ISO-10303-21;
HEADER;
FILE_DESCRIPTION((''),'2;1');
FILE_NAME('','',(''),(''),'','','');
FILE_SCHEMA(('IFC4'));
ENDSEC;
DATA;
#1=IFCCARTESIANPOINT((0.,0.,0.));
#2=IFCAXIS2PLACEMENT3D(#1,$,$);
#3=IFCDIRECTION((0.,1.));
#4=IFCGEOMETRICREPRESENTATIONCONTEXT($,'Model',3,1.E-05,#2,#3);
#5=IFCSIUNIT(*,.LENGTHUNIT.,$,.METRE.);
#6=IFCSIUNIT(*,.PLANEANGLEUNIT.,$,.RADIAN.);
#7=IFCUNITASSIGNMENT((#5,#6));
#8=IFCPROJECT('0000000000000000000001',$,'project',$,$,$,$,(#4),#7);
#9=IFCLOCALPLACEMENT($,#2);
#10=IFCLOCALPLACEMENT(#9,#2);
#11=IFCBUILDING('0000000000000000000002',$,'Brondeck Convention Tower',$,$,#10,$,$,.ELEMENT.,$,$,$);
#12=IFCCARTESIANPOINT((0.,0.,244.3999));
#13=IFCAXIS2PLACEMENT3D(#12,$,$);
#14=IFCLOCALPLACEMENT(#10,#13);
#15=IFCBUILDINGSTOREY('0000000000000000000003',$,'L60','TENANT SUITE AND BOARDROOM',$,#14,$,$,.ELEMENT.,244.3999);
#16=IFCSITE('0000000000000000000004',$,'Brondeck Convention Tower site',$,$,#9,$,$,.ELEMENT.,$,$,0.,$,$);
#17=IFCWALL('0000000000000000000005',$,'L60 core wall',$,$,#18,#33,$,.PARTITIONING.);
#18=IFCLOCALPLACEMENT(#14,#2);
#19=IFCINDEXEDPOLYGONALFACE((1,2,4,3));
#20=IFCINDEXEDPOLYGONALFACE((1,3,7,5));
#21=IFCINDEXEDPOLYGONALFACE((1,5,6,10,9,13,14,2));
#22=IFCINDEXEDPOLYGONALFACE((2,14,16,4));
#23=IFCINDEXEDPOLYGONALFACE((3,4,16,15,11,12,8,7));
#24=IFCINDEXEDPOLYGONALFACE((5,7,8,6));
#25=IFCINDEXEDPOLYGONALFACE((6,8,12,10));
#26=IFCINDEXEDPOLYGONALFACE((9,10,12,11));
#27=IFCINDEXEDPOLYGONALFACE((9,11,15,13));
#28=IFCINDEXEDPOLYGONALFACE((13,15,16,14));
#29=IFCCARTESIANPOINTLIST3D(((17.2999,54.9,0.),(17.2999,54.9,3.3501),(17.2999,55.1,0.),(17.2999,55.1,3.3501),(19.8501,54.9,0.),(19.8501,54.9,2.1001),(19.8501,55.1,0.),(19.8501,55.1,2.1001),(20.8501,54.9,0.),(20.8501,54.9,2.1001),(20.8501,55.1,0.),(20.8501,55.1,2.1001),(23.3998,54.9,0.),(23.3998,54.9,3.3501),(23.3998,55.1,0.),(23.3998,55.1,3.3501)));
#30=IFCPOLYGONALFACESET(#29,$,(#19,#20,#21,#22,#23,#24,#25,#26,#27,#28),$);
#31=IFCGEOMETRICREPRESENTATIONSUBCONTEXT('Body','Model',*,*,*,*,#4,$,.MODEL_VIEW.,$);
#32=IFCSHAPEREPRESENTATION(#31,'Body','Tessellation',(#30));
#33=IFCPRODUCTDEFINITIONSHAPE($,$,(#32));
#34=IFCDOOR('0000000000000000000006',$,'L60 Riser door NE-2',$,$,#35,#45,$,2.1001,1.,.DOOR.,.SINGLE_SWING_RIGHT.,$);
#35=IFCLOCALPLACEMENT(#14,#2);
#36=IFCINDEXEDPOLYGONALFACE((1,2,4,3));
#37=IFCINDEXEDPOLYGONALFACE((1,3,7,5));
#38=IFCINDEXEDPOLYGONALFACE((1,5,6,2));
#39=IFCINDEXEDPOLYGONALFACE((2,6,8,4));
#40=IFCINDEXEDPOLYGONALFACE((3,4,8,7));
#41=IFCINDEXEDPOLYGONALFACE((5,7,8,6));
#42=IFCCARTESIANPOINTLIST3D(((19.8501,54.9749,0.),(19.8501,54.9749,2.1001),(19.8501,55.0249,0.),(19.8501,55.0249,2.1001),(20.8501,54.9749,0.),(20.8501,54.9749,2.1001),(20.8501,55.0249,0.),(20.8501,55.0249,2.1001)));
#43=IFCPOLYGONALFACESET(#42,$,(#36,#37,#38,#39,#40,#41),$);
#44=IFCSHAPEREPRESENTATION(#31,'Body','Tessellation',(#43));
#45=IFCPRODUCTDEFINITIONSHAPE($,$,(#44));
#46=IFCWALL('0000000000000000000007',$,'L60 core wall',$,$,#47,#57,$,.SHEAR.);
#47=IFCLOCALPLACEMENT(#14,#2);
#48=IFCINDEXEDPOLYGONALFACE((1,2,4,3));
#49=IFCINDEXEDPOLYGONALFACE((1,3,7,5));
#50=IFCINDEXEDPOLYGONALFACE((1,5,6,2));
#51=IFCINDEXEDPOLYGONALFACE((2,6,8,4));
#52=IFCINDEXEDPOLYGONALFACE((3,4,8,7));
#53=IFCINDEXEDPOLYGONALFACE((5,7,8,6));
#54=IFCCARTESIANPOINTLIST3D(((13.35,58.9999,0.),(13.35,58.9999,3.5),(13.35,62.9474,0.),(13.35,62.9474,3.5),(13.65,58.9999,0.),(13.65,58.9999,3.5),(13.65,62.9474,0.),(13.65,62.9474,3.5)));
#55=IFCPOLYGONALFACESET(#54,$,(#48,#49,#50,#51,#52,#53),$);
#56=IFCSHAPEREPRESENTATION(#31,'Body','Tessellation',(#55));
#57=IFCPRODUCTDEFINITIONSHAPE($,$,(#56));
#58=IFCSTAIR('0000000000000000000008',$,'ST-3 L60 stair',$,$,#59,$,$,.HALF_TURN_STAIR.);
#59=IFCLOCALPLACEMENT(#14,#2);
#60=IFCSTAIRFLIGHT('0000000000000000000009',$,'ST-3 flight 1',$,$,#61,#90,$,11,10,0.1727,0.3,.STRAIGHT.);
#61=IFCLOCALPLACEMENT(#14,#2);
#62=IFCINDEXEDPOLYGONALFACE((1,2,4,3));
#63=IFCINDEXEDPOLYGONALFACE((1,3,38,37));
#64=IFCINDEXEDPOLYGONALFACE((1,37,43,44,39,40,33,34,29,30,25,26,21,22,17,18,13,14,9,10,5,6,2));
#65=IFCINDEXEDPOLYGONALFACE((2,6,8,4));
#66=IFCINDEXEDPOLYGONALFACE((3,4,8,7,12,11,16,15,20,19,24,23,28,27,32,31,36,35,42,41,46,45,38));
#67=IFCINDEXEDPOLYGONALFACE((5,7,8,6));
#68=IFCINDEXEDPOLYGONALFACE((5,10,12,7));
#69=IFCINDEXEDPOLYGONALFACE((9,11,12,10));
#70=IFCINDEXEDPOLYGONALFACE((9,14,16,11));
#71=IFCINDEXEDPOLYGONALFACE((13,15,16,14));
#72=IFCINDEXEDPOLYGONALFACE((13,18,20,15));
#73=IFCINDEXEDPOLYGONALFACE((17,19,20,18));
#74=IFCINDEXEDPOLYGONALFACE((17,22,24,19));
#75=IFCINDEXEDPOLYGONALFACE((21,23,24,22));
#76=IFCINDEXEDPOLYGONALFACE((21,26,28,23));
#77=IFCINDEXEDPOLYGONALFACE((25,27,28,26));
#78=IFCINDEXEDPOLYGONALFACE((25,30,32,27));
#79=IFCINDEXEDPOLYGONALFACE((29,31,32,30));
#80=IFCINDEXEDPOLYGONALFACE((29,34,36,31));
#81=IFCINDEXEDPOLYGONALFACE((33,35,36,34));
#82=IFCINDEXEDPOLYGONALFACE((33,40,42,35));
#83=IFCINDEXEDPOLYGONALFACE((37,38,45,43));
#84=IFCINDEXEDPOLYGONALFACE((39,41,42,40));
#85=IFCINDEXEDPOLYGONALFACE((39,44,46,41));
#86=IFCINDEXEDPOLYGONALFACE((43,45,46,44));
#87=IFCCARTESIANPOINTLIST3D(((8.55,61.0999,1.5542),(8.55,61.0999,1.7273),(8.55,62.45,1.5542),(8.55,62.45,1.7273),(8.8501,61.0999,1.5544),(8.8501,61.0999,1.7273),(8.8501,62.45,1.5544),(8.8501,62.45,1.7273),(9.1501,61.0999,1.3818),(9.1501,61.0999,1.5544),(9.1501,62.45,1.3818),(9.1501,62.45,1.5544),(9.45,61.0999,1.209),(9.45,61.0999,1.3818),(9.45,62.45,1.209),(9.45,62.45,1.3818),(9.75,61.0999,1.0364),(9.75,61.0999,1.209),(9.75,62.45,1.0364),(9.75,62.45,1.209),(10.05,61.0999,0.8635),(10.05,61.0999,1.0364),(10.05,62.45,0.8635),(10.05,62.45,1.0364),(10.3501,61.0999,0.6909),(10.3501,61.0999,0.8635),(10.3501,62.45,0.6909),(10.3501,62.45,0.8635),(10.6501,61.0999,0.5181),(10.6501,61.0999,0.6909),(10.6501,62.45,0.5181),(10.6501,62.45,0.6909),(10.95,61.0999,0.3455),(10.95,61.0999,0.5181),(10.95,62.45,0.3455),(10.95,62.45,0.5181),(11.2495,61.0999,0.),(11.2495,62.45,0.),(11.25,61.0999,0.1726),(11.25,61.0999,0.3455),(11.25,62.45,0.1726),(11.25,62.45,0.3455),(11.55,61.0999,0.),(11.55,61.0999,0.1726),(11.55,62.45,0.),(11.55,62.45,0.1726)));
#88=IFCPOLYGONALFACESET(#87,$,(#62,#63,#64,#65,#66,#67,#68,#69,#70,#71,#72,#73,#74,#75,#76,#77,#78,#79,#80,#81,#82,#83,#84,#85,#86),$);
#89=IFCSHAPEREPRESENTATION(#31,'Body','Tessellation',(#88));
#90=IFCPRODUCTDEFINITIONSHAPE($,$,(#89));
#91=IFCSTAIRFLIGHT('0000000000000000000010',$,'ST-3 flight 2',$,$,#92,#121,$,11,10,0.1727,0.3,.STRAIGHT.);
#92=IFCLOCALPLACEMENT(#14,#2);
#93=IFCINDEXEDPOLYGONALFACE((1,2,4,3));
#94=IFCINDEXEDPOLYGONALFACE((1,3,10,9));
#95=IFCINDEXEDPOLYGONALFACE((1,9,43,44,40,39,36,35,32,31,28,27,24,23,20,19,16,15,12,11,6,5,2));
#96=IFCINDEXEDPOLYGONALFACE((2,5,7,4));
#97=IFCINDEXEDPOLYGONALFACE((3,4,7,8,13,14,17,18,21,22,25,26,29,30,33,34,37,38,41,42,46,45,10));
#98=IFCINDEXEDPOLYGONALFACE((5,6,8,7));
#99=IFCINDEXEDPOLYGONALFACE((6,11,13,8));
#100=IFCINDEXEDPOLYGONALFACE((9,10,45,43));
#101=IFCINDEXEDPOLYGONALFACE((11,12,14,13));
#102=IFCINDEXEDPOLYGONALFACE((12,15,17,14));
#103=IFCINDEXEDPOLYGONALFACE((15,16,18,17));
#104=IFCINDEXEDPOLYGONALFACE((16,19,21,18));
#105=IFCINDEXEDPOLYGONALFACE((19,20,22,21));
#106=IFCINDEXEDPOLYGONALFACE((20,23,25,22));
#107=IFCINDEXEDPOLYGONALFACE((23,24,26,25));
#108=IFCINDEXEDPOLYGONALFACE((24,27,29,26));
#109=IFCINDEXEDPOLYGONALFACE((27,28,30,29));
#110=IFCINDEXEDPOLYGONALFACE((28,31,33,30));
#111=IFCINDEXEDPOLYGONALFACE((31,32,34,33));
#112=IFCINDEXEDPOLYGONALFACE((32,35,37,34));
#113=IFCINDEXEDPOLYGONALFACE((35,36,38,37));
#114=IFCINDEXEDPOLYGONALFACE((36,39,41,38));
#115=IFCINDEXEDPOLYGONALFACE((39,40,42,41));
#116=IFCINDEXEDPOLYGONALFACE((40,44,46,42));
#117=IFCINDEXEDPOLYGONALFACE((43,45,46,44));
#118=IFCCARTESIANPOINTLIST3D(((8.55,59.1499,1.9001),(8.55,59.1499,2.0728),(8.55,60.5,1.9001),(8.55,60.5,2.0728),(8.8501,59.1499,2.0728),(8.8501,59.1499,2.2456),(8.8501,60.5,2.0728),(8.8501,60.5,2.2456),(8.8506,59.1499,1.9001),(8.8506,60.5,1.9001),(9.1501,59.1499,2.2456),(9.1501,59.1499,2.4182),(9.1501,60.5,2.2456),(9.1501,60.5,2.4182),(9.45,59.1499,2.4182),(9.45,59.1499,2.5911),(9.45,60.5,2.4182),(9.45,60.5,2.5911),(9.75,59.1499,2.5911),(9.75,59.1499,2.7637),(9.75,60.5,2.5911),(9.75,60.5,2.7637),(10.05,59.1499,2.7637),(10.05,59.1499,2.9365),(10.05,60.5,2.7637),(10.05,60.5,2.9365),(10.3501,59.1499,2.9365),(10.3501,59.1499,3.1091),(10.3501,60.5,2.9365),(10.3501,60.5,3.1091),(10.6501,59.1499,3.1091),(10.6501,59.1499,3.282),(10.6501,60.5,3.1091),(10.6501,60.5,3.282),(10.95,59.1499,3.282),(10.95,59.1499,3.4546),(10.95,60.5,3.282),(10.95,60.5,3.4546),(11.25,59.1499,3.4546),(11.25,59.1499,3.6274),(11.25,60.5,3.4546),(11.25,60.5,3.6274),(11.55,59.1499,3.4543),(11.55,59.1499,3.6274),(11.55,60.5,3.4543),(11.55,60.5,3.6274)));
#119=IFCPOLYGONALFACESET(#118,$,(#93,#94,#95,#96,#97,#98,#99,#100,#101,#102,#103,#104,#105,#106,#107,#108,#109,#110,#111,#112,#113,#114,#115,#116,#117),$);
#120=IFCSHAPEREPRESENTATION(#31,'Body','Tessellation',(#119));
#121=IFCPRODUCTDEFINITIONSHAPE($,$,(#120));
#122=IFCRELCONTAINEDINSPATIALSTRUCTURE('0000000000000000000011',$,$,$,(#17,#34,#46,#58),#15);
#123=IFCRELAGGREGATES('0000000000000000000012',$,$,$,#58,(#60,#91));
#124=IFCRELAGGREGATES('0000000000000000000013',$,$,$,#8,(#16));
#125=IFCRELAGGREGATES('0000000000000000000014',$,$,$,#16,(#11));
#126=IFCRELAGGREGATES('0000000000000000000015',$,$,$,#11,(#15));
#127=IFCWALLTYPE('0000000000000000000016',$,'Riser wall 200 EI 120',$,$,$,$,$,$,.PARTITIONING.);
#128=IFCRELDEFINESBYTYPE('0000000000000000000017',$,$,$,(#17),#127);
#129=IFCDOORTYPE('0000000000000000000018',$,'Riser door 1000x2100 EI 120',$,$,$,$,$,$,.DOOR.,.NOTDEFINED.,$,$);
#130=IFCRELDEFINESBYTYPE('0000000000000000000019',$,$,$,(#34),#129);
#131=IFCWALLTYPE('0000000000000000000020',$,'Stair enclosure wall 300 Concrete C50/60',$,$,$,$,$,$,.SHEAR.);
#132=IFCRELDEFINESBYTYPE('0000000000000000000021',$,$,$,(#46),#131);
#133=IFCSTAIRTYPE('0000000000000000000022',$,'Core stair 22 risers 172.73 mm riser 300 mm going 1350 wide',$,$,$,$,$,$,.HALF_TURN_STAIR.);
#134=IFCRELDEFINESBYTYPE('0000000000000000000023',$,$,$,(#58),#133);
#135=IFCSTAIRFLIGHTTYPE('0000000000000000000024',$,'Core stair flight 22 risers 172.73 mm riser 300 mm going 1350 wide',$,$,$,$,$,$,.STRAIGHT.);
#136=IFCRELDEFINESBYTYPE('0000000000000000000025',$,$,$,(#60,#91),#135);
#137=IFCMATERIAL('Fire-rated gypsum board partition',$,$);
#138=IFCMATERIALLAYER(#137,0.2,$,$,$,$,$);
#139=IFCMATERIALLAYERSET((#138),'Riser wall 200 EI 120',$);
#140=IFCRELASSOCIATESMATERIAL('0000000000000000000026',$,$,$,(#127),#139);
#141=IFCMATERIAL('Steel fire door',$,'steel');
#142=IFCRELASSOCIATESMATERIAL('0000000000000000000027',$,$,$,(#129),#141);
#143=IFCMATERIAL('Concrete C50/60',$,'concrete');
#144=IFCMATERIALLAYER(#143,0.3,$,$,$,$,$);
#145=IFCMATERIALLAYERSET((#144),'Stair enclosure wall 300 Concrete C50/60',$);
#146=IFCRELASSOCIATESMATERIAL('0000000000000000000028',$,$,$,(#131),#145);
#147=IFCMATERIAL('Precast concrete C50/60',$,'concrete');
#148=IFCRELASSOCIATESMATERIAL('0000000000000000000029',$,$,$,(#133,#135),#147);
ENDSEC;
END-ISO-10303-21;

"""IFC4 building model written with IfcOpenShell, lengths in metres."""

from ifc_helpers import new_model, si_unit, direction, frame, frame_2d, origin, place, context, subcontext, project, spatial, polyline, rectangle, outline, extrude, material, layer, layer_set, type_object, element, fill, aggregate, save


model = new_model("IFC4")

# Units and contexts
model_context = context("Model", 3, precision=1e-05, world=origin(), true_north=direction((0.0, 1.0)))
body_context = subcontext(model_context, "Body", "Model", "MODEL_VIEW")
ifc_project = project(units=[si_unit("LENGTHUNIT", "METRE"), si_unit("PLANEANGLEUNIT", "RADIAN")], contexts=[model_context])

# Site, building, storey
site_placement = place(None, origin())
site = spatial("IfcSite", under=ifc_project, at=site_placement, Name="Brondeck Convention Tower site", CompositionType="ELEMENT", RefElevation=0.0)
building_placement = place(site_placement, origin())
building = spatial("IfcBuilding", under=site, at=building_placement, Name="Brondeck Convention Tower", CompositionType="ELEMENT")
storey_placement = place(building_placement, frame((0.0, 0.0, 244.3999)))
storey = spatial("IfcBuildingStorey", under=building, at=storey_placement, Name="L60", Description="TENANT SUITE AND BOARDROOM", CompositionType="ELEMENT", Elevation=244.3999)

# Shared definitions
ifc_material_1 = material(Name="Concrete C50/60", Category="concrete")

# Shared definitions
ifc_material_2 = material(Name="Fire-rated gypsum board partition")

# Shared definitions
ifc_material_3 = material(Name="Steel fire door", Category="steel")

# Wall, opening, door
ifc_layer_1 = layer(ifc_material_2, 0.2)
ifc_layer_set_1 = layer_set([ifc_layer_1], Name="Riser wall 200 EI 120")
wall_type_1 = type_object("IfcWallType", Name="Riser wall 200 EI 120", PredefinedType="PARTITIONING", material=ifc_layer_set_1)
wall_1_placement = place(storey_placement, frame((17.3, 55.0, 0.0), z_axis=(0.0, 0.0, 1.0), x_axis=(1.0, 0.0, 0.0)))
wall_1 = element("IfcWall", 1, at=wall_1_placement, inside=storey, type_object=wall_type_1, Name="L60 core wall", PredefinedType="PARTITIONING", context=body_context, shape_type="SweptSolid", body=[
    extrude(rectangle(XDim=6.0999, YDim=0.2, at=frame_2d((3.0498, 0.0))), origin(), (0.0, 0.0, 1.0), 3.3501),
])
opening_1_placement = place(wall_1_placement, frame((2.55, 0.0, 0.0)))
opening_1 = element("IfcOpeningElement", 2, at=opening_1_placement, cuts=wall_1, PredefinedType="OPENING", context=body_context, shape_type="SweptSolid", body=[
    extrude(rectangle(XDim=1.0, YDim=2.1001, at=frame_2d((0.5, 1.05))), frame((0.0, 0.1099, 0.0), z_axis=(0.0, -1.0, 0.0), x_axis=(1.0, 0.0, 0.0)), (0.0, 0.0, 1.0), 0.22),
])
door_type_1 = type_object("IfcDoorType", Name="Riser door 1000x2100 EI 120", OperationType="NOTDEFINED", PredefinedType="DOOR", material=ifc_material_3)
door_1_placement = place(opening_1_placement, origin())
door_1 = element("IfcDoor", 3, at=door_1_placement, inside=storey, type_object=door_type_1, Name="L60 Riser door NE-2", OperationType="SINGLE_SWING_RIGHT", OverallHeight=2.1001, OverallWidth=1.0, PredefinedType="DOOR", context=body_context, shape_type="SweptSolid", body=[
    extrude(rectangle(XDim=1.0, YDim=2.1001, at=frame_2d((0.5, 1.05))), frame((0.0, 0.0249, 0.0), z_axis=(0.0, -1.0, 0.0), x_axis=(1.0, 0.0, 0.0)), (0.0, 0.0, 1.0), 0.05),
])
fill(opening_1, door_1)

# Wall
ifc_layer_2 = layer(ifc_material_1, 0.3)
ifc_layer_set_2 = layer_set([ifc_layer_2], Name="Stair enclosure wall 300 Concrete C50/60")
wall_type_2 = type_object("IfcWallType", Name="Stair enclosure wall 300 Concrete C50/60", PredefinedType="SHEAR", material=ifc_layer_set_2)
wall_2_placement = place(storey_placement, frame((13.5, 59.0, 0.0), z_axis=(0.0, 0.0, 1.0), x_axis=(0.0, 1.0, 0.0)))
element("IfcWall", 4, at=wall_2_placement, inside=storey, type_object=wall_type_2, Name="L60 core wall", PredefinedType="SHEAR", context=body_context, shape_type="SweptSolid", body=[
    extrude(rectangle(XDim=3.9475, YDim=0.3, at=frame_2d((1.9736, 0.0))), origin(), (0.0, 0.0, 1.0), 3.5),
])

# Stair, stair flights
ifc_material_4 = material(Name="Precast concrete C50/60", Category="concrete")
stair_type = type_object("IfcStairType", Name="Core stair 22 risers 172.73 mm riser 300 mm going 1350 wide", PredefinedType="HALF_TURN_STAIR", material=ifc_material_4)
stair_placement = place(storey_placement, origin())
stair = element("IfcStair", 5, at=stair_placement, inside=storey, type_object=stair_type, Name="ST-3 L60 stair", PredefinedType="HALF_TURN_STAIR")
stair_flight_type = type_object("IfcStairFlightType", Name="Core stair flight 22 risers 172.73 mm riser 300 mm going 1350 wide", PredefinedType="STRAIGHT", material=ifc_material_4)
stair_flight_1_placement = place(storey_placement, frame((11.55, 61.7749, 0.0), z_axis=(0.0, 0.0, 1.0), x_axis=(-1.0, 0.0, 0.0)))
stair_flight_1 = element("IfcStairFlight", 6, at=stair_flight_1_placement, type_object=stair_flight_type, Name="ST-3 flight 1", NumberOfRisers=11, NumberOfTreads=10, PredefinedType="STRAIGHT", RiserHeight=0.1727, TreadLength=0.3, context=body_context, shape_type="SweptSolid", body=[
    extrude(outline(polyline([(0.0, 0.0), (0.0, 0.1726), (0.3, 0.1726), (0.3, 0.3455), (0.6001, 0.3455), (0.6001, 0.5181), (0.8999, 0.5181), (0.8999, 0.6909), (1.2, 0.6909), (1.2, 0.8635), (1.5, 0.8635), (1.5, 1.0364), (1.8, 1.0364), (1.8, 1.209), (2.1001, 1.209), (2.1001, 1.3818), (2.3999, 1.3818), (2.3999, 1.5544), (2.7, 1.5544), (2.7, 1.7273), (3.0, 1.7273), (3.0, 1.8999), (3.0, 1.5542), (0.3005, 0.0), (0.0, 0.0)])), frame((0.0, 0.675, 0.0), z_axis=(0.0, -1.0, 0.0), x_axis=(1.0, 0.0, 0.0)), (0.0, 0.0, 1.0), 1.3501),
])
stair_flight_2_placement = place(storey_placement, frame((8.55, 59.825, 1.9001), z_axis=(0.0, 0.0, 1.0), x_axis=(1.0, 0.0, 0.0)))
stair_flight_2 = element("IfcStairFlight", 7, at=stair_flight_2_placement, type_object=stair_flight_type, Name="ST-3 flight 2", NumberOfRisers=11, NumberOfTreads=10, PredefinedType="STRAIGHT", RiserHeight=0.1727, TreadLength=0.3, context=body_context, shape_type="SweptSolid", body=[
    extrude(outline(polyline([(0.0, 0.0), (0.0, 0.1726), (0.3, 0.1726), (0.3, 0.3455), (0.6001, 0.3455), (0.6001, 0.5181), (0.8999, 0.5181), (0.8999, 0.6909), (1.2, 0.6909), (1.2, 0.8635), (1.5, 0.8635), (1.5, 1.0364), (1.8, 1.0364), (1.8, 1.209), (2.1001, 1.209), (2.1001, 1.3818), (2.3999, 1.3818), (2.3999, 1.5544), (2.7, 1.5544), (2.7, 1.7273), (3.0, 1.7273), (3.0, 1.8999), (3.0, 1.5542), (0.3005, 0.0), (0.0, 0.0)])), frame((0.0, 0.675, 0.0), z_axis=(0.0, -1.0, 0.0), x_axis=(1.0, 0.0, 0.0)), (0.0, 0.0, 1.0), 1.3501),
])
aggregate(stair, [stair_flight_1, stair_flight_2])

save(model, "model.ifc")
